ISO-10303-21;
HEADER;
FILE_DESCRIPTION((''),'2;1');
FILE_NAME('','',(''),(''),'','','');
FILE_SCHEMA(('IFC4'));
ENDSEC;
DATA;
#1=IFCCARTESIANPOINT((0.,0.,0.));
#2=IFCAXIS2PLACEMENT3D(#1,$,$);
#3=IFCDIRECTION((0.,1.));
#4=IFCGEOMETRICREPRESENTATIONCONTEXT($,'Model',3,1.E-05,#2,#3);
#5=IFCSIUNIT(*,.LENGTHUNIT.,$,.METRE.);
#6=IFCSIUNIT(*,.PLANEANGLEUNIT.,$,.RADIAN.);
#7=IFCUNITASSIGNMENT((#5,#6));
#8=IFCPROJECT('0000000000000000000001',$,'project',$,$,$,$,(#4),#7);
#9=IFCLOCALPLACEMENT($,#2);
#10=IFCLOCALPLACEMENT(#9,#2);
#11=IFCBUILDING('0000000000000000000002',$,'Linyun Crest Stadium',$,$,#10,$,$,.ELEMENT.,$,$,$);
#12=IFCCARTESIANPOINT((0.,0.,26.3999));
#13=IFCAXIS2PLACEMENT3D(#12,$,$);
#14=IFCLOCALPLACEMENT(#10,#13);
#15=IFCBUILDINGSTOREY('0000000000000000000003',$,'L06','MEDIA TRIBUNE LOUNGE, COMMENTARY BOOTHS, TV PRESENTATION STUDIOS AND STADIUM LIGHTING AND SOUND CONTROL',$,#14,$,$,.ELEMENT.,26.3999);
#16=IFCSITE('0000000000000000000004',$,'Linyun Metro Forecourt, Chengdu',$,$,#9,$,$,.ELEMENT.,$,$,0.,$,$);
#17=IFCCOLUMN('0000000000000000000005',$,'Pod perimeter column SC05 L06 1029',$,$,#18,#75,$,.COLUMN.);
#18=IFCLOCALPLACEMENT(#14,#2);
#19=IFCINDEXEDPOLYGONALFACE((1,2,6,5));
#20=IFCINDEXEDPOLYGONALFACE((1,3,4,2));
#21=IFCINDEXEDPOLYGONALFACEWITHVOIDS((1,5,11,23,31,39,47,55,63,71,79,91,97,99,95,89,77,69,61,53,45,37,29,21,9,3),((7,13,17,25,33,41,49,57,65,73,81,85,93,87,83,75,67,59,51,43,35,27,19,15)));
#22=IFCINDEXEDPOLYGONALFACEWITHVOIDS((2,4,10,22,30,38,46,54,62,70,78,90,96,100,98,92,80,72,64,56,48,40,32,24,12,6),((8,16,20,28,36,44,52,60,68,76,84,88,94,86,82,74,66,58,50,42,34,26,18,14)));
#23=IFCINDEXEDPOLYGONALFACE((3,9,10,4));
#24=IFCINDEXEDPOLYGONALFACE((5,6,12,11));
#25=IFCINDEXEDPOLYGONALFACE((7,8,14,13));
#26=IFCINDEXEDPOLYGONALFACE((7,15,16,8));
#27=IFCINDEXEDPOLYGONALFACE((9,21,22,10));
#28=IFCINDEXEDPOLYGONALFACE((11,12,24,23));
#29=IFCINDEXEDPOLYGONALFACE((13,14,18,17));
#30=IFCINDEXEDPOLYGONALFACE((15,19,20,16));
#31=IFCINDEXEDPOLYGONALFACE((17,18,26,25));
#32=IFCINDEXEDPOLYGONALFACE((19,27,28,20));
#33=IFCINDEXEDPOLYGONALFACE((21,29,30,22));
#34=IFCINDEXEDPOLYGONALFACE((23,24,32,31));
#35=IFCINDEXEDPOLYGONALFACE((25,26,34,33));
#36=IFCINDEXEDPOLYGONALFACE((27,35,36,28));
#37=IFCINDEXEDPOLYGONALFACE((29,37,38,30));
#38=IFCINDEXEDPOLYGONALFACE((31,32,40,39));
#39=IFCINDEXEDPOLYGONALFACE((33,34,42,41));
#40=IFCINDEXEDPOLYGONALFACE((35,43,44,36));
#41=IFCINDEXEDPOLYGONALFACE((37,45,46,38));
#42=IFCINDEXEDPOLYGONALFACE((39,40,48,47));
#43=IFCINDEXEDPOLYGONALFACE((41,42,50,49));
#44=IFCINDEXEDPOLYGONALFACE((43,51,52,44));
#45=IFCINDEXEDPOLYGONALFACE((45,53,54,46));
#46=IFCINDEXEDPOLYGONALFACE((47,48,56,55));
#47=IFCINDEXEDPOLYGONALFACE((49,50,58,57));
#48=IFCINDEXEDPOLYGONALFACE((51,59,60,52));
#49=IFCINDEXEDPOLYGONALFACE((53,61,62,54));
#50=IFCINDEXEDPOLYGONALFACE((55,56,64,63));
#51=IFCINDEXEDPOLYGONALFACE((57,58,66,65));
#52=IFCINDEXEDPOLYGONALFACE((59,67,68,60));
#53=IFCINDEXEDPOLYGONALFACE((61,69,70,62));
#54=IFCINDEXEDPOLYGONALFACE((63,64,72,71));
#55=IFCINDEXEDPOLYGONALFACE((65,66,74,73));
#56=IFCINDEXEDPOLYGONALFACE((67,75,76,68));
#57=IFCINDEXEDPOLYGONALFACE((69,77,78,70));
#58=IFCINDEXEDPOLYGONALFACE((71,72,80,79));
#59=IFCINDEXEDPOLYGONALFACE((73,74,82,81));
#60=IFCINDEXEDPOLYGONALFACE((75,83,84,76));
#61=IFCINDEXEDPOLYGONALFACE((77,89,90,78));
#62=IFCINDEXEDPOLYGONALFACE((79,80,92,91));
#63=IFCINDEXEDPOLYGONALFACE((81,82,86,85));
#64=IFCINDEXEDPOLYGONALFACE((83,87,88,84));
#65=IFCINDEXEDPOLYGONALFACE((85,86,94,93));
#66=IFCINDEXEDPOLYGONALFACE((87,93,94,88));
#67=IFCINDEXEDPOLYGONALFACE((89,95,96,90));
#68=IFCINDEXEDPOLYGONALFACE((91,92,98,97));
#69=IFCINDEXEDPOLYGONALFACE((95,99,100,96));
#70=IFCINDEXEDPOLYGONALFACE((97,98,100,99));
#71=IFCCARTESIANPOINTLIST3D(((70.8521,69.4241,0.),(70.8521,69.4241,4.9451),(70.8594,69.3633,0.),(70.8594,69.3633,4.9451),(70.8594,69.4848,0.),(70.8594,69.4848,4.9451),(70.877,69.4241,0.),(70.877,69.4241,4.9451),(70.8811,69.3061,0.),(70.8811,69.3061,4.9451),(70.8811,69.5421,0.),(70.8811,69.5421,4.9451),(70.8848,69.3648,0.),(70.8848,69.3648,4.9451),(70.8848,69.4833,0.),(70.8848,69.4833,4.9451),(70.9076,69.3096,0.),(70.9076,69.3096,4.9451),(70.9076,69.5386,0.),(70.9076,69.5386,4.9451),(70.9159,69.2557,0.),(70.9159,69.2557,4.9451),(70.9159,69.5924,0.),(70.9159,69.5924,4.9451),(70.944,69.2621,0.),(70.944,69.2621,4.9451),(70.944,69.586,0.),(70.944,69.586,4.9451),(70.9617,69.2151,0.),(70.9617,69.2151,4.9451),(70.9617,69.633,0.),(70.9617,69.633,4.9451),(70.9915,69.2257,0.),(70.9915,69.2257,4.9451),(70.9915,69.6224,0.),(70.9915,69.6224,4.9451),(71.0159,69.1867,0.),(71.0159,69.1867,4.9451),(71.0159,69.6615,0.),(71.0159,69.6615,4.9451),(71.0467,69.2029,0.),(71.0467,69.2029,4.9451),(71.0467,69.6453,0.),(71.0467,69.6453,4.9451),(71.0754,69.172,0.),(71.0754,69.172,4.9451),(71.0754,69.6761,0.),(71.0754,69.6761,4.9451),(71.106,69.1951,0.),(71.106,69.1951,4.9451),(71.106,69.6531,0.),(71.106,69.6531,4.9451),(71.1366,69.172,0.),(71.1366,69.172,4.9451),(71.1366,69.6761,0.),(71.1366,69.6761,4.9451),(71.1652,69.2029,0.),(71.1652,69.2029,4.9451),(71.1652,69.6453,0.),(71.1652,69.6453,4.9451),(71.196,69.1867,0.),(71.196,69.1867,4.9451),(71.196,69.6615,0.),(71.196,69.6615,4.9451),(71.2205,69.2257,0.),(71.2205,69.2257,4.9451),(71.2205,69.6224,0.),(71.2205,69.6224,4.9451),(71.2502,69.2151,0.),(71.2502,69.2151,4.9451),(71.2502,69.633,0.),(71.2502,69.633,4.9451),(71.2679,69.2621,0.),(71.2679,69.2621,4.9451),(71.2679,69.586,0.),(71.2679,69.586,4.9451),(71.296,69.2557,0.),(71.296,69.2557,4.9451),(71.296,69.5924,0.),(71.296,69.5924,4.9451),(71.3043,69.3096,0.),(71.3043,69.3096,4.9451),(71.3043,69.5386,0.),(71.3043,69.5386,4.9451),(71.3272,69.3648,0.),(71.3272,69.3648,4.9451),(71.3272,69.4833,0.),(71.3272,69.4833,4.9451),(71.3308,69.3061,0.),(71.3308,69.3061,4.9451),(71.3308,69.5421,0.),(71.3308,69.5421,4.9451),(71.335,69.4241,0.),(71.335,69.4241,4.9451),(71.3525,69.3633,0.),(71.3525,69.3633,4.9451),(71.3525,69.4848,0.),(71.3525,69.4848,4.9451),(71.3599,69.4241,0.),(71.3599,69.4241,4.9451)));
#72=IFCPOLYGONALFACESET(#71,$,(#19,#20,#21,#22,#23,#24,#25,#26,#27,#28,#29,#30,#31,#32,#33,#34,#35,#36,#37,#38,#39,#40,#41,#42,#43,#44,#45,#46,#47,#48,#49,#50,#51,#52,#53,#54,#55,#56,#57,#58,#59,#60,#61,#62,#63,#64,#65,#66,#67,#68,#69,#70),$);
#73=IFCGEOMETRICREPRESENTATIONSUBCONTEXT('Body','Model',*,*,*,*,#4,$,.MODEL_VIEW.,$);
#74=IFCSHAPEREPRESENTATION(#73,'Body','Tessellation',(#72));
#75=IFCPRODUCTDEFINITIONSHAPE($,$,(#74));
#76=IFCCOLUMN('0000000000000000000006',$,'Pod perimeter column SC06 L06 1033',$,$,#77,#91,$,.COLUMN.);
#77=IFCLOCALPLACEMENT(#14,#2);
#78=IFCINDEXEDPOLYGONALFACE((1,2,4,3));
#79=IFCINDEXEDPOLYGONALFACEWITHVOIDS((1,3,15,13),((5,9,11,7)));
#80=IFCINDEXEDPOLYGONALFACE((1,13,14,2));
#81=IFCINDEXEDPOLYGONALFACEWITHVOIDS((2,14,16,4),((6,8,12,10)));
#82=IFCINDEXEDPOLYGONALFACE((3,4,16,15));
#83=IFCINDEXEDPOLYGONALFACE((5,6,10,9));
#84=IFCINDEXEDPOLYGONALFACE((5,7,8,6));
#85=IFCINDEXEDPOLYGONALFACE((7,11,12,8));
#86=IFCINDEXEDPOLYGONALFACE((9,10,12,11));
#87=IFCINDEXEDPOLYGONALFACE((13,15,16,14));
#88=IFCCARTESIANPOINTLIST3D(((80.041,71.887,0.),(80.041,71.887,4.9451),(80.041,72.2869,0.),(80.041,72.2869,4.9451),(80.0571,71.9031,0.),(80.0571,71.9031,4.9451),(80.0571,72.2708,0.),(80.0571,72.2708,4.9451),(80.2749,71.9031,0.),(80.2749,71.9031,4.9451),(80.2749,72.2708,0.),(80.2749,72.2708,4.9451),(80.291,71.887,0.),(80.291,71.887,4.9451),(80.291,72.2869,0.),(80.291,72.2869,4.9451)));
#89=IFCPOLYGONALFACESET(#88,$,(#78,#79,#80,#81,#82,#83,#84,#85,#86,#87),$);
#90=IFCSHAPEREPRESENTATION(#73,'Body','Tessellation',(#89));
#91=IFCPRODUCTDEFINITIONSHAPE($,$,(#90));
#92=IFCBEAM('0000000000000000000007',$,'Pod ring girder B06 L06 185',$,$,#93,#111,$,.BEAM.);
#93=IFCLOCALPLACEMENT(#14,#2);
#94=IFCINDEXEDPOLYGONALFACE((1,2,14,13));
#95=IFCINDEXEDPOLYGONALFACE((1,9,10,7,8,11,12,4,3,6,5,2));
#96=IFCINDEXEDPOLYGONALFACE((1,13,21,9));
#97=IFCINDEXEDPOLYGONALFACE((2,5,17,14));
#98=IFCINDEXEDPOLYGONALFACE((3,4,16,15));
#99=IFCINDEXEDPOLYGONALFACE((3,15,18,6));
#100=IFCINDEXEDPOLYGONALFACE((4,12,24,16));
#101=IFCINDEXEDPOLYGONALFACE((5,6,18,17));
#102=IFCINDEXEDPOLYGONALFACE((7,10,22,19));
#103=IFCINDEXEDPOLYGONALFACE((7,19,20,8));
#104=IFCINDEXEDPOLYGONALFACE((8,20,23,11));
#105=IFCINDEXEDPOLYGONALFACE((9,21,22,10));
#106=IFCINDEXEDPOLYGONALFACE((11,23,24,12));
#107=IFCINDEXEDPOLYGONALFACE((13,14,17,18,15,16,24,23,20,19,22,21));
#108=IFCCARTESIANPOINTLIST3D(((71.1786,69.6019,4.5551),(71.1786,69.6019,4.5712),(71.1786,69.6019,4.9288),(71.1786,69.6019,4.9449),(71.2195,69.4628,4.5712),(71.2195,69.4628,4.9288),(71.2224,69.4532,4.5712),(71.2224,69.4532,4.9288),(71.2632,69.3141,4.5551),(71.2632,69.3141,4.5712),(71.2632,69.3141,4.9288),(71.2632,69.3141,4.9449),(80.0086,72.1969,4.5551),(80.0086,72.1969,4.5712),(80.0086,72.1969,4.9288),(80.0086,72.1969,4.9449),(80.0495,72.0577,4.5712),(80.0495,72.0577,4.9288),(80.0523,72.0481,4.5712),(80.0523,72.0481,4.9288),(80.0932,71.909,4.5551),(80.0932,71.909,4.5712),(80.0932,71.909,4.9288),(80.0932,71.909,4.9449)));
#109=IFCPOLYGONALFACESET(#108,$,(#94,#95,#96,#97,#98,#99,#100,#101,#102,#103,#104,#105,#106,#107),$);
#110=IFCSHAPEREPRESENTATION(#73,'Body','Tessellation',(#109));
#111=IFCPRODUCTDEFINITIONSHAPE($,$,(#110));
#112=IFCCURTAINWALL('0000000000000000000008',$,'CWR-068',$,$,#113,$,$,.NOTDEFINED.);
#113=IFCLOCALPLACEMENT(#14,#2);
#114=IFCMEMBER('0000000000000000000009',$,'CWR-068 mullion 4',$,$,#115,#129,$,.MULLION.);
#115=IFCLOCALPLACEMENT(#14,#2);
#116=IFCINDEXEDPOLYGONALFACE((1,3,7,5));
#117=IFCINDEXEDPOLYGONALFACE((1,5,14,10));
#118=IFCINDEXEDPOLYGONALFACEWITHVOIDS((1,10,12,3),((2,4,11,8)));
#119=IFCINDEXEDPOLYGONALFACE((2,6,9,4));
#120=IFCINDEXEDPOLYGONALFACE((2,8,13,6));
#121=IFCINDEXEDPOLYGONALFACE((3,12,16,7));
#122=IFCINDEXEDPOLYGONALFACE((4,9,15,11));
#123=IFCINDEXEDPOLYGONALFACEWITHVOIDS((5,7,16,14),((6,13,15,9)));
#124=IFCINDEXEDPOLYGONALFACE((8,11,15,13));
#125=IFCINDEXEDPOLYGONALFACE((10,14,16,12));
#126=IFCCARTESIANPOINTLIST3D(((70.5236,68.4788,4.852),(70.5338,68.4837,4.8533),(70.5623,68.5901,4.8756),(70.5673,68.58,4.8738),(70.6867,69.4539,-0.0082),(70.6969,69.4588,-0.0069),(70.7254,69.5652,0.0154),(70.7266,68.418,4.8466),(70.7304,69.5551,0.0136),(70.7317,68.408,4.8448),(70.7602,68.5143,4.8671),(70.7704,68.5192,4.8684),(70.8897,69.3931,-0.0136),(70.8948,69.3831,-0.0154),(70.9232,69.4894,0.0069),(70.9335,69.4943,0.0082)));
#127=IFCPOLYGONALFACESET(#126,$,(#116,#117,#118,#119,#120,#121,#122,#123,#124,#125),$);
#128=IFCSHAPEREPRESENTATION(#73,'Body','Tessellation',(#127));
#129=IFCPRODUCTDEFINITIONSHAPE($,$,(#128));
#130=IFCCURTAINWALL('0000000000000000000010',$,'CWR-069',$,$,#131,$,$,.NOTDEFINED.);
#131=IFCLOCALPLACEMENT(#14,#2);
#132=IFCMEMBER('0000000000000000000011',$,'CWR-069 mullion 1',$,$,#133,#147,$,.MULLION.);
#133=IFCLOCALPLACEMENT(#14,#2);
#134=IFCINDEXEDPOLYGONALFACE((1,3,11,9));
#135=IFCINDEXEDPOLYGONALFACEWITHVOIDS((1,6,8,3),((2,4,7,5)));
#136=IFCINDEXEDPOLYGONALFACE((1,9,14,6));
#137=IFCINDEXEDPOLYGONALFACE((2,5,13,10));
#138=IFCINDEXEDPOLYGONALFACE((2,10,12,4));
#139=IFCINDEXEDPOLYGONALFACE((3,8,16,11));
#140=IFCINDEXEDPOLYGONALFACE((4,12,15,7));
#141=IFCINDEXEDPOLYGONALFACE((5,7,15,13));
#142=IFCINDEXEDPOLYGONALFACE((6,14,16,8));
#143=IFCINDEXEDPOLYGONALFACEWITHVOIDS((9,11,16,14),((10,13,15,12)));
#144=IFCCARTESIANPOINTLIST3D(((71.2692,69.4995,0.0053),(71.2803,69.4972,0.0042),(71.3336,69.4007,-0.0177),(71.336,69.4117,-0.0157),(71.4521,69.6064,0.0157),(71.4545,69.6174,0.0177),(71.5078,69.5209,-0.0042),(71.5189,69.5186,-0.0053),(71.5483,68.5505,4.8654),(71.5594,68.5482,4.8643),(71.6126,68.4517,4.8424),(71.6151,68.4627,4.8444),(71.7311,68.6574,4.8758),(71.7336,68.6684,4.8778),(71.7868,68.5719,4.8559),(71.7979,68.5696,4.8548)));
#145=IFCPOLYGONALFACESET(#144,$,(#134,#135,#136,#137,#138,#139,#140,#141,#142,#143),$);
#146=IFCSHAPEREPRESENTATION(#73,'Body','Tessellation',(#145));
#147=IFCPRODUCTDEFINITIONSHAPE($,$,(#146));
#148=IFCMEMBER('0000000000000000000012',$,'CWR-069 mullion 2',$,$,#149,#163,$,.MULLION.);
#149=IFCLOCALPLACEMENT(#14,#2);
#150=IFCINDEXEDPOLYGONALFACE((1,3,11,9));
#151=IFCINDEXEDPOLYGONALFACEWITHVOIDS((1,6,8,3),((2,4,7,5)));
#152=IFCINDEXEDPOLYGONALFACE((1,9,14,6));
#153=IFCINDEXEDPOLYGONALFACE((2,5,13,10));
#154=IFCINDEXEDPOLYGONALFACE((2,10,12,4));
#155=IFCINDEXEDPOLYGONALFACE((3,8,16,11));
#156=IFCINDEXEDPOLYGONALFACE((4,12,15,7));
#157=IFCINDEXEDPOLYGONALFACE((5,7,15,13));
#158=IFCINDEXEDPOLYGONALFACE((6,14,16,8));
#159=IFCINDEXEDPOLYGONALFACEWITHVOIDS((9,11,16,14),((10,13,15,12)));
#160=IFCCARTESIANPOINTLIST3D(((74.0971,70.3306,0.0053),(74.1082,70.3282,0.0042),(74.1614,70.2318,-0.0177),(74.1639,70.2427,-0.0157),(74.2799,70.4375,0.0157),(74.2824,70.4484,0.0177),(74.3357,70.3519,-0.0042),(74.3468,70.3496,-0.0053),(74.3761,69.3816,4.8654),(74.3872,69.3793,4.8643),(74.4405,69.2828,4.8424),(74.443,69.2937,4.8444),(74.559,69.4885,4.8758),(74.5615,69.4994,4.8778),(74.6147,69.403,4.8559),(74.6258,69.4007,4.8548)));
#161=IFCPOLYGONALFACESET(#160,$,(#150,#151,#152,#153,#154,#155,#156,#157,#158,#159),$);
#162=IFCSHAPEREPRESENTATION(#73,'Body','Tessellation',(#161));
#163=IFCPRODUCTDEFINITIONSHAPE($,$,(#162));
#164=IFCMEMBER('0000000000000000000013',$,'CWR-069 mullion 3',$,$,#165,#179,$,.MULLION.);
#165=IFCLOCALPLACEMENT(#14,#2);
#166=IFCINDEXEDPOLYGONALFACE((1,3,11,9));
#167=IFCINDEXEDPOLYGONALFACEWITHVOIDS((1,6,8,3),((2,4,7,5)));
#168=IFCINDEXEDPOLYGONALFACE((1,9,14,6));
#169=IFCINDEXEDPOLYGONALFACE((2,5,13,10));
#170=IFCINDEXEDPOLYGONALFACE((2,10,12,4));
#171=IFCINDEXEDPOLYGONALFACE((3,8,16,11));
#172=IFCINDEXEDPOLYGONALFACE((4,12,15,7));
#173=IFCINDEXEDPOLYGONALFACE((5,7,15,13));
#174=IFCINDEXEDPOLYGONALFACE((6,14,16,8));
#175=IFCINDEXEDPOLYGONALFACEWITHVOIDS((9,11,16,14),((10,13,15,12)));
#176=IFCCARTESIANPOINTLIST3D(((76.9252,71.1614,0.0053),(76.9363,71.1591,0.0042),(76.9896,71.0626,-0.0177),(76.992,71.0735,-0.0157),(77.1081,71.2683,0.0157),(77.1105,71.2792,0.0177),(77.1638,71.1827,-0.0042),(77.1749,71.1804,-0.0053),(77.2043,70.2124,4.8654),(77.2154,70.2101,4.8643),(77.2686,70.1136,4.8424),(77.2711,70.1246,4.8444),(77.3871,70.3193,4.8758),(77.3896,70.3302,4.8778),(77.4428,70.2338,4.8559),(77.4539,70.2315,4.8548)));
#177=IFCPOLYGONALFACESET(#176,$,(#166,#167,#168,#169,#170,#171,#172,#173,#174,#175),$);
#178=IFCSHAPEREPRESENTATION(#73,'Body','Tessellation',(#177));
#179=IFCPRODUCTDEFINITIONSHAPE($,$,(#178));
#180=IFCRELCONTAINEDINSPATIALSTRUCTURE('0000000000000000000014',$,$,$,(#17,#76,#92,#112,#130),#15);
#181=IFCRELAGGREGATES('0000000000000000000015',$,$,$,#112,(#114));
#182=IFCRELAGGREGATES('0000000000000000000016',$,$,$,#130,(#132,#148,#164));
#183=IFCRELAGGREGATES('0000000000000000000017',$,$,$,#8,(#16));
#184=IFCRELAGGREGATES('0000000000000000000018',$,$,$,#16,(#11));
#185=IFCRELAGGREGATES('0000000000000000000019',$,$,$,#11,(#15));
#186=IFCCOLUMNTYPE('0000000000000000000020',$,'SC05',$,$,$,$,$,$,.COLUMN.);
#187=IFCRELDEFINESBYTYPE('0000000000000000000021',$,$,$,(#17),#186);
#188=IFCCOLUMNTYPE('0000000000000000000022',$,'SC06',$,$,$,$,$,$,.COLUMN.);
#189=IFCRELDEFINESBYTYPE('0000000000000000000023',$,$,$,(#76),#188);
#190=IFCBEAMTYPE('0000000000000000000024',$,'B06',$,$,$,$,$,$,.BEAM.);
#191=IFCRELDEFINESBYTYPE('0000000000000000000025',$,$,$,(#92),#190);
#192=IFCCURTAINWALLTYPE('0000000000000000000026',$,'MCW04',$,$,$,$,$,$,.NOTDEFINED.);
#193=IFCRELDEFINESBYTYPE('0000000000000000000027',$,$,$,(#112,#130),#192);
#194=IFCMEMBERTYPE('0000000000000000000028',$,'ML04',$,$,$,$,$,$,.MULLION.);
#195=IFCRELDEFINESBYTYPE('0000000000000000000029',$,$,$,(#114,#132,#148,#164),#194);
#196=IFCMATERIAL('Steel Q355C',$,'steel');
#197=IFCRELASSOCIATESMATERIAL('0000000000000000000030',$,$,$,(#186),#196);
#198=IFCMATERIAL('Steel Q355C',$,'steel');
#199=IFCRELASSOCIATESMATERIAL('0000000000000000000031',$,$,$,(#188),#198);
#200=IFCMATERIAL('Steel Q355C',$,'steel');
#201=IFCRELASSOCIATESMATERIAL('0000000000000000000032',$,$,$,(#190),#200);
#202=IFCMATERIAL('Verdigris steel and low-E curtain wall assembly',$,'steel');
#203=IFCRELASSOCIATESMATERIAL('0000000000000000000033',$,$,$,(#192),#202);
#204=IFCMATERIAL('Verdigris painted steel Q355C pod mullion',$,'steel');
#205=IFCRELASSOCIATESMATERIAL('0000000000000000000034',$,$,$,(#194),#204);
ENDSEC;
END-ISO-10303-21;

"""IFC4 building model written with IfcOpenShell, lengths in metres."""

from ifc_helpers import new_model, si_unit, direction, frame, origin, origin_2d, place, context, subcontext, project, spatial, hollow_rectangle, hollow_circle, i_section, extrude, material, material_profile, profile_set, type_object, element, aggregate, save


model = new_model("IFC4")

# Units and contexts
model_context = context("Model", 3, precision=1e-05, world=origin(), true_north=direction((0.0, 1.0)))
body_context = subcontext(model_context, "Body", "Model", "MODEL_VIEW")
ifc_project = project(units=[si_unit("LENGTHUNIT", "METRE"), si_unit("PLANEANGLEUNIT", "RADIAN")], contexts=[model_context])

# Site, building, storey
site_placement = place(None, origin())
site = spatial("IfcSite", under=ifc_project, at=site_placement, Name="Linyun Metro Forecourt, Chengdu", CompositionType="ELEMENT", RefElevation=0.0)
building_placement = place(site_placement, origin())
building = spatial("IfcBuilding", under=site, at=building_placement, Name="Linyun Crest Stadium", CompositionType="ELEMENT")
storey_placement = place(building_placement, frame((0.0, 0.0, 26.3999)))
storey = spatial("IfcBuildingStorey", under=building, at=storey_placement, Name="L06", Description="MEDIA TRIBUNE LOUNGE, COMMENTARY BOOTHS, TV PRESENTATION STUDIOS AND STADIUM LIGHTING AND SOUND CONTROL", CompositionType="ELEMENT", Elevation=26.3999)

# Columns
ifc_material_1 = material(Name="Steel Q355C", Category="steel")
ifc_material_profile_1 = material_profile(ifc_material_1, hollow_circle(Radius=0.2539, WallThickness=0.0249, at=origin_2d()), Name="CHS 508x25")
ifc_profile_set_1 = profile_set([ifc_material_profile_1], Name="Steel Q355C")
column_type_1 = type_object("IfcColumnType", Name="SC05", PredefinedType="COLUMN", material=ifc_profile_set_1)
column_1_placement = place(storey_placement, frame((71.106, 69.4241, 0.0), z_axis=(0.0, 0.0, 1.0), x_axis=(1.0, 0.0, 0.0)))
element("IfcColumn", 1, at=column_1_placement, inside=storey, type_object=column_type_1, Name="Pod perimeter column SC05 L06 1029", PredefinedType="COLUMN", context=body_context, shape_type="SweptSolid", body=[
    extrude(hollow_circle(Radius=0.2539, WallThickness=0.0249, at=origin_2d()), origin(), (0.0, 0.0, 1.0), 4.9451),
])
ifc_material_2 = material(Name="Steel Q355C", Category="steel")
ifc_material_profile_2 = material_profile(ifc_material_2, hollow_rectangle(XDim=0.25, YDim=0.3999, WallThickness=0.0161, at=origin_2d()), Name="RHS 400x250x16")
ifc_profile_set_2 = profile_set([ifc_material_profile_2], Name="Steel Q355C")
column_type_2 = type_object("IfcColumnType", Name="SC06", PredefinedType="COLUMN", material=ifc_profile_set_2)
column_2_placement = place(storey_placement, frame((80.166, 72.0869, 0.0), z_axis=(0.0, 0.0, 1.0), x_axis=(1.0, 0.0, 0.0)))
element("IfcColumn", 2, at=column_2_placement, inside=storey, type_object=column_type_2, Name="Pod perimeter column SC06 L06 1033", PredefinedType="COLUMN", context=body_context, shape_type="SweptSolid", body=[
    extrude(hollow_rectangle(XDim=0.25, YDim=0.3999, WallThickness=0.0161, at=origin_2d()), origin(), (0.0, 0.0, 1.0), 4.9451),
])

# Beam
ifc_material_3 = material(Name="Steel Q355C", Category="steel")
ifc_material_profile_3 = material_profile(ifc_material_3, i_section(OverallWidth=0.3, OverallDepth=0.3899, WebThickness=0.01, FlangeThickness=0.0161, at=origin_2d()), Name="HM 390x300")
ifc_profile_set_3 = profile_set([ifc_material_profile_3], Name="Steel Q355C")
beam_type = type_object("IfcBeamType", Name="B06", PredefinedType="BEAM", material=ifc_profile_set_3)
beam_placement = place(storey_placement, frame((71.2209, 69.458, 4.75), z_axis=(0.959428, 0.281955, 0.0), x_axis=(-0.281955, 0.959428, 0.0)))
element("IfcBeam", 3, at=beam_placement, inside=storey, type_object=beam_type, Name="Pod ring girder B06 L06 185", PredefinedType="BEAM", context=body_context, shape_type="SweptSolid", body=[
    extrude(i_section(OverallWidth=0.3, OverallDepth=0.3899, WebThickness=0.01, FlangeThickness=0.0161, at=origin_2d()), origin(), (0.0, 0.0, 1.0), 9.2034),
])

# Curtain wall, member
ifc_material_4 = material(Name="Verdigris steel and low-E curtain wall assembly", Category="steel")
curtain_wall_type = type_object("IfcCurtainWallType", Name="MCW04", PredefinedType="NOTDEFINED", material=ifc_material_4)
curtain_wall_1_placement = place(storey_placement, origin())
curtain_wall_1 = element("IfcCurtainWall", 4, at=curtain_wall_1_placement, inside=storey, type_object=curtain_wall_type, Name="CWR-068", PredefinedType="NOTDEFINED")
ifc_material_5 = material(Name="Verdigris painted steel Q355C pod mullion", Category="steel")
ifc_material_profile_4 = material_profile(ifc_material_5, hollow_rectangle(XDim=0.1201, YDim=0.22, WallThickness=0.0081, at=origin_2d()), Name="RHS 220x120x8")
ifc_profile_set_4 = profile_set([ifc_material_profile_4], Name="Verdigris painted steel Q355C pod mullion")
member_type_1 = type_object("IfcMemberType", Name="ML04", PredefinedType="MULLION", material=ifc_profile_set_4)
member_1_placement = place(storey_placement, frame((70.8101, 69.4741, 0.0), z_axis=(-0.032883, -0.196606, 0.979931), x_axis=(0.322219, 0.926025, 0.196603)))
member_1 = element("IfcMember", 5, at=member_1_placement, type_object=member_type_1, Name="CWR-068 mullion 4", PredefinedType="MULLION", context=body_context, shape_type="SweptSolid", body=[
    extrude(hollow_rectangle(XDim=0.1201, YDim=0.22, WallThickness=0.0081, at=origin_2d()), origin(), (0.0, 0.0, 1.0), 4.9597),
])
aggregate(curtain_wall_1, [member_1])

# Curtain wall, members
curtain_wall_2_placement = place(storey_placement, origin())
curtain_wall_2 = element("IfcCurtainWall", 6, at=curtain_wall_2_placement, inside=storey, type_object=curtain_wall_type, Name="CWR-069", PredefinedType="NOTDEFINED")
member_2_placement = place(storey_placement, frame((71.394, 69.509, 0.0), z_axis=(0.056264, -0.191335, 0.979911), x_axis=(-0.535777, 0.822394, 0.191342)))
member_2 = element("IfcMember", 7, at=member_2_placement, type_object=member_type_1, Name="CWR-069 mullion 1", PredefinedType="MULLION", context=body_context, shape_type="SweptSolid", body=[
    extrude(hollow_rectangle(XDim=0.1201, YDim=0.22, WallThickness=0.0081, at=origin_2d()), origin(), (0.0, 0.0, 1.0), 4.9597),
])
member_3_placement = place(storey_placement, frame((74.2219, 70.3401, 0.0), z_axis=(0.056264, -0.191335, 0.979911), x_axis=(-0.535777, 0.822394, 0.191342)))
member_3 = element("IfcMember", 8, at=member_3_placement, type_object=member_type_1, Name="CWR-069 mullion 2", PredefinedType="MULLION", context=body_context, shape_type="SweptSolid", body=[
    extrude(hollow_rectangle(XDim=0.1201, YDim=0.22, WallThickness=0.0081, at=origin_2d()), origin(), (0.0, 0.0, 1.0), 4.9597),
])
member_4_placement = place(storey_placement, frame((77.05, 71.1709, 0.0), z_axis=(0.056264, -0.191335, 0.979911), x_axis=(-0.535777, 0.822394, 0.191342)))
member_4 = element("IfcMember", 9, at=member_4_placement, type_object=member_type_1, Name="CWR-069 mullion 3", PredefinedType="MULLION", context=body_context, shape_type="SweptSolid", body=[
    extrude(hollow_rectangle(XDim=0.1201, YDim=0.22, WallThickness=0.0081, at=origin_2d()), origin(), (0.0, 0.0, 1.0), 4.9597),
])

aggregate(curtain_wall_2, [member_2, member_3, member_4])

save(model, "model.ifc")
